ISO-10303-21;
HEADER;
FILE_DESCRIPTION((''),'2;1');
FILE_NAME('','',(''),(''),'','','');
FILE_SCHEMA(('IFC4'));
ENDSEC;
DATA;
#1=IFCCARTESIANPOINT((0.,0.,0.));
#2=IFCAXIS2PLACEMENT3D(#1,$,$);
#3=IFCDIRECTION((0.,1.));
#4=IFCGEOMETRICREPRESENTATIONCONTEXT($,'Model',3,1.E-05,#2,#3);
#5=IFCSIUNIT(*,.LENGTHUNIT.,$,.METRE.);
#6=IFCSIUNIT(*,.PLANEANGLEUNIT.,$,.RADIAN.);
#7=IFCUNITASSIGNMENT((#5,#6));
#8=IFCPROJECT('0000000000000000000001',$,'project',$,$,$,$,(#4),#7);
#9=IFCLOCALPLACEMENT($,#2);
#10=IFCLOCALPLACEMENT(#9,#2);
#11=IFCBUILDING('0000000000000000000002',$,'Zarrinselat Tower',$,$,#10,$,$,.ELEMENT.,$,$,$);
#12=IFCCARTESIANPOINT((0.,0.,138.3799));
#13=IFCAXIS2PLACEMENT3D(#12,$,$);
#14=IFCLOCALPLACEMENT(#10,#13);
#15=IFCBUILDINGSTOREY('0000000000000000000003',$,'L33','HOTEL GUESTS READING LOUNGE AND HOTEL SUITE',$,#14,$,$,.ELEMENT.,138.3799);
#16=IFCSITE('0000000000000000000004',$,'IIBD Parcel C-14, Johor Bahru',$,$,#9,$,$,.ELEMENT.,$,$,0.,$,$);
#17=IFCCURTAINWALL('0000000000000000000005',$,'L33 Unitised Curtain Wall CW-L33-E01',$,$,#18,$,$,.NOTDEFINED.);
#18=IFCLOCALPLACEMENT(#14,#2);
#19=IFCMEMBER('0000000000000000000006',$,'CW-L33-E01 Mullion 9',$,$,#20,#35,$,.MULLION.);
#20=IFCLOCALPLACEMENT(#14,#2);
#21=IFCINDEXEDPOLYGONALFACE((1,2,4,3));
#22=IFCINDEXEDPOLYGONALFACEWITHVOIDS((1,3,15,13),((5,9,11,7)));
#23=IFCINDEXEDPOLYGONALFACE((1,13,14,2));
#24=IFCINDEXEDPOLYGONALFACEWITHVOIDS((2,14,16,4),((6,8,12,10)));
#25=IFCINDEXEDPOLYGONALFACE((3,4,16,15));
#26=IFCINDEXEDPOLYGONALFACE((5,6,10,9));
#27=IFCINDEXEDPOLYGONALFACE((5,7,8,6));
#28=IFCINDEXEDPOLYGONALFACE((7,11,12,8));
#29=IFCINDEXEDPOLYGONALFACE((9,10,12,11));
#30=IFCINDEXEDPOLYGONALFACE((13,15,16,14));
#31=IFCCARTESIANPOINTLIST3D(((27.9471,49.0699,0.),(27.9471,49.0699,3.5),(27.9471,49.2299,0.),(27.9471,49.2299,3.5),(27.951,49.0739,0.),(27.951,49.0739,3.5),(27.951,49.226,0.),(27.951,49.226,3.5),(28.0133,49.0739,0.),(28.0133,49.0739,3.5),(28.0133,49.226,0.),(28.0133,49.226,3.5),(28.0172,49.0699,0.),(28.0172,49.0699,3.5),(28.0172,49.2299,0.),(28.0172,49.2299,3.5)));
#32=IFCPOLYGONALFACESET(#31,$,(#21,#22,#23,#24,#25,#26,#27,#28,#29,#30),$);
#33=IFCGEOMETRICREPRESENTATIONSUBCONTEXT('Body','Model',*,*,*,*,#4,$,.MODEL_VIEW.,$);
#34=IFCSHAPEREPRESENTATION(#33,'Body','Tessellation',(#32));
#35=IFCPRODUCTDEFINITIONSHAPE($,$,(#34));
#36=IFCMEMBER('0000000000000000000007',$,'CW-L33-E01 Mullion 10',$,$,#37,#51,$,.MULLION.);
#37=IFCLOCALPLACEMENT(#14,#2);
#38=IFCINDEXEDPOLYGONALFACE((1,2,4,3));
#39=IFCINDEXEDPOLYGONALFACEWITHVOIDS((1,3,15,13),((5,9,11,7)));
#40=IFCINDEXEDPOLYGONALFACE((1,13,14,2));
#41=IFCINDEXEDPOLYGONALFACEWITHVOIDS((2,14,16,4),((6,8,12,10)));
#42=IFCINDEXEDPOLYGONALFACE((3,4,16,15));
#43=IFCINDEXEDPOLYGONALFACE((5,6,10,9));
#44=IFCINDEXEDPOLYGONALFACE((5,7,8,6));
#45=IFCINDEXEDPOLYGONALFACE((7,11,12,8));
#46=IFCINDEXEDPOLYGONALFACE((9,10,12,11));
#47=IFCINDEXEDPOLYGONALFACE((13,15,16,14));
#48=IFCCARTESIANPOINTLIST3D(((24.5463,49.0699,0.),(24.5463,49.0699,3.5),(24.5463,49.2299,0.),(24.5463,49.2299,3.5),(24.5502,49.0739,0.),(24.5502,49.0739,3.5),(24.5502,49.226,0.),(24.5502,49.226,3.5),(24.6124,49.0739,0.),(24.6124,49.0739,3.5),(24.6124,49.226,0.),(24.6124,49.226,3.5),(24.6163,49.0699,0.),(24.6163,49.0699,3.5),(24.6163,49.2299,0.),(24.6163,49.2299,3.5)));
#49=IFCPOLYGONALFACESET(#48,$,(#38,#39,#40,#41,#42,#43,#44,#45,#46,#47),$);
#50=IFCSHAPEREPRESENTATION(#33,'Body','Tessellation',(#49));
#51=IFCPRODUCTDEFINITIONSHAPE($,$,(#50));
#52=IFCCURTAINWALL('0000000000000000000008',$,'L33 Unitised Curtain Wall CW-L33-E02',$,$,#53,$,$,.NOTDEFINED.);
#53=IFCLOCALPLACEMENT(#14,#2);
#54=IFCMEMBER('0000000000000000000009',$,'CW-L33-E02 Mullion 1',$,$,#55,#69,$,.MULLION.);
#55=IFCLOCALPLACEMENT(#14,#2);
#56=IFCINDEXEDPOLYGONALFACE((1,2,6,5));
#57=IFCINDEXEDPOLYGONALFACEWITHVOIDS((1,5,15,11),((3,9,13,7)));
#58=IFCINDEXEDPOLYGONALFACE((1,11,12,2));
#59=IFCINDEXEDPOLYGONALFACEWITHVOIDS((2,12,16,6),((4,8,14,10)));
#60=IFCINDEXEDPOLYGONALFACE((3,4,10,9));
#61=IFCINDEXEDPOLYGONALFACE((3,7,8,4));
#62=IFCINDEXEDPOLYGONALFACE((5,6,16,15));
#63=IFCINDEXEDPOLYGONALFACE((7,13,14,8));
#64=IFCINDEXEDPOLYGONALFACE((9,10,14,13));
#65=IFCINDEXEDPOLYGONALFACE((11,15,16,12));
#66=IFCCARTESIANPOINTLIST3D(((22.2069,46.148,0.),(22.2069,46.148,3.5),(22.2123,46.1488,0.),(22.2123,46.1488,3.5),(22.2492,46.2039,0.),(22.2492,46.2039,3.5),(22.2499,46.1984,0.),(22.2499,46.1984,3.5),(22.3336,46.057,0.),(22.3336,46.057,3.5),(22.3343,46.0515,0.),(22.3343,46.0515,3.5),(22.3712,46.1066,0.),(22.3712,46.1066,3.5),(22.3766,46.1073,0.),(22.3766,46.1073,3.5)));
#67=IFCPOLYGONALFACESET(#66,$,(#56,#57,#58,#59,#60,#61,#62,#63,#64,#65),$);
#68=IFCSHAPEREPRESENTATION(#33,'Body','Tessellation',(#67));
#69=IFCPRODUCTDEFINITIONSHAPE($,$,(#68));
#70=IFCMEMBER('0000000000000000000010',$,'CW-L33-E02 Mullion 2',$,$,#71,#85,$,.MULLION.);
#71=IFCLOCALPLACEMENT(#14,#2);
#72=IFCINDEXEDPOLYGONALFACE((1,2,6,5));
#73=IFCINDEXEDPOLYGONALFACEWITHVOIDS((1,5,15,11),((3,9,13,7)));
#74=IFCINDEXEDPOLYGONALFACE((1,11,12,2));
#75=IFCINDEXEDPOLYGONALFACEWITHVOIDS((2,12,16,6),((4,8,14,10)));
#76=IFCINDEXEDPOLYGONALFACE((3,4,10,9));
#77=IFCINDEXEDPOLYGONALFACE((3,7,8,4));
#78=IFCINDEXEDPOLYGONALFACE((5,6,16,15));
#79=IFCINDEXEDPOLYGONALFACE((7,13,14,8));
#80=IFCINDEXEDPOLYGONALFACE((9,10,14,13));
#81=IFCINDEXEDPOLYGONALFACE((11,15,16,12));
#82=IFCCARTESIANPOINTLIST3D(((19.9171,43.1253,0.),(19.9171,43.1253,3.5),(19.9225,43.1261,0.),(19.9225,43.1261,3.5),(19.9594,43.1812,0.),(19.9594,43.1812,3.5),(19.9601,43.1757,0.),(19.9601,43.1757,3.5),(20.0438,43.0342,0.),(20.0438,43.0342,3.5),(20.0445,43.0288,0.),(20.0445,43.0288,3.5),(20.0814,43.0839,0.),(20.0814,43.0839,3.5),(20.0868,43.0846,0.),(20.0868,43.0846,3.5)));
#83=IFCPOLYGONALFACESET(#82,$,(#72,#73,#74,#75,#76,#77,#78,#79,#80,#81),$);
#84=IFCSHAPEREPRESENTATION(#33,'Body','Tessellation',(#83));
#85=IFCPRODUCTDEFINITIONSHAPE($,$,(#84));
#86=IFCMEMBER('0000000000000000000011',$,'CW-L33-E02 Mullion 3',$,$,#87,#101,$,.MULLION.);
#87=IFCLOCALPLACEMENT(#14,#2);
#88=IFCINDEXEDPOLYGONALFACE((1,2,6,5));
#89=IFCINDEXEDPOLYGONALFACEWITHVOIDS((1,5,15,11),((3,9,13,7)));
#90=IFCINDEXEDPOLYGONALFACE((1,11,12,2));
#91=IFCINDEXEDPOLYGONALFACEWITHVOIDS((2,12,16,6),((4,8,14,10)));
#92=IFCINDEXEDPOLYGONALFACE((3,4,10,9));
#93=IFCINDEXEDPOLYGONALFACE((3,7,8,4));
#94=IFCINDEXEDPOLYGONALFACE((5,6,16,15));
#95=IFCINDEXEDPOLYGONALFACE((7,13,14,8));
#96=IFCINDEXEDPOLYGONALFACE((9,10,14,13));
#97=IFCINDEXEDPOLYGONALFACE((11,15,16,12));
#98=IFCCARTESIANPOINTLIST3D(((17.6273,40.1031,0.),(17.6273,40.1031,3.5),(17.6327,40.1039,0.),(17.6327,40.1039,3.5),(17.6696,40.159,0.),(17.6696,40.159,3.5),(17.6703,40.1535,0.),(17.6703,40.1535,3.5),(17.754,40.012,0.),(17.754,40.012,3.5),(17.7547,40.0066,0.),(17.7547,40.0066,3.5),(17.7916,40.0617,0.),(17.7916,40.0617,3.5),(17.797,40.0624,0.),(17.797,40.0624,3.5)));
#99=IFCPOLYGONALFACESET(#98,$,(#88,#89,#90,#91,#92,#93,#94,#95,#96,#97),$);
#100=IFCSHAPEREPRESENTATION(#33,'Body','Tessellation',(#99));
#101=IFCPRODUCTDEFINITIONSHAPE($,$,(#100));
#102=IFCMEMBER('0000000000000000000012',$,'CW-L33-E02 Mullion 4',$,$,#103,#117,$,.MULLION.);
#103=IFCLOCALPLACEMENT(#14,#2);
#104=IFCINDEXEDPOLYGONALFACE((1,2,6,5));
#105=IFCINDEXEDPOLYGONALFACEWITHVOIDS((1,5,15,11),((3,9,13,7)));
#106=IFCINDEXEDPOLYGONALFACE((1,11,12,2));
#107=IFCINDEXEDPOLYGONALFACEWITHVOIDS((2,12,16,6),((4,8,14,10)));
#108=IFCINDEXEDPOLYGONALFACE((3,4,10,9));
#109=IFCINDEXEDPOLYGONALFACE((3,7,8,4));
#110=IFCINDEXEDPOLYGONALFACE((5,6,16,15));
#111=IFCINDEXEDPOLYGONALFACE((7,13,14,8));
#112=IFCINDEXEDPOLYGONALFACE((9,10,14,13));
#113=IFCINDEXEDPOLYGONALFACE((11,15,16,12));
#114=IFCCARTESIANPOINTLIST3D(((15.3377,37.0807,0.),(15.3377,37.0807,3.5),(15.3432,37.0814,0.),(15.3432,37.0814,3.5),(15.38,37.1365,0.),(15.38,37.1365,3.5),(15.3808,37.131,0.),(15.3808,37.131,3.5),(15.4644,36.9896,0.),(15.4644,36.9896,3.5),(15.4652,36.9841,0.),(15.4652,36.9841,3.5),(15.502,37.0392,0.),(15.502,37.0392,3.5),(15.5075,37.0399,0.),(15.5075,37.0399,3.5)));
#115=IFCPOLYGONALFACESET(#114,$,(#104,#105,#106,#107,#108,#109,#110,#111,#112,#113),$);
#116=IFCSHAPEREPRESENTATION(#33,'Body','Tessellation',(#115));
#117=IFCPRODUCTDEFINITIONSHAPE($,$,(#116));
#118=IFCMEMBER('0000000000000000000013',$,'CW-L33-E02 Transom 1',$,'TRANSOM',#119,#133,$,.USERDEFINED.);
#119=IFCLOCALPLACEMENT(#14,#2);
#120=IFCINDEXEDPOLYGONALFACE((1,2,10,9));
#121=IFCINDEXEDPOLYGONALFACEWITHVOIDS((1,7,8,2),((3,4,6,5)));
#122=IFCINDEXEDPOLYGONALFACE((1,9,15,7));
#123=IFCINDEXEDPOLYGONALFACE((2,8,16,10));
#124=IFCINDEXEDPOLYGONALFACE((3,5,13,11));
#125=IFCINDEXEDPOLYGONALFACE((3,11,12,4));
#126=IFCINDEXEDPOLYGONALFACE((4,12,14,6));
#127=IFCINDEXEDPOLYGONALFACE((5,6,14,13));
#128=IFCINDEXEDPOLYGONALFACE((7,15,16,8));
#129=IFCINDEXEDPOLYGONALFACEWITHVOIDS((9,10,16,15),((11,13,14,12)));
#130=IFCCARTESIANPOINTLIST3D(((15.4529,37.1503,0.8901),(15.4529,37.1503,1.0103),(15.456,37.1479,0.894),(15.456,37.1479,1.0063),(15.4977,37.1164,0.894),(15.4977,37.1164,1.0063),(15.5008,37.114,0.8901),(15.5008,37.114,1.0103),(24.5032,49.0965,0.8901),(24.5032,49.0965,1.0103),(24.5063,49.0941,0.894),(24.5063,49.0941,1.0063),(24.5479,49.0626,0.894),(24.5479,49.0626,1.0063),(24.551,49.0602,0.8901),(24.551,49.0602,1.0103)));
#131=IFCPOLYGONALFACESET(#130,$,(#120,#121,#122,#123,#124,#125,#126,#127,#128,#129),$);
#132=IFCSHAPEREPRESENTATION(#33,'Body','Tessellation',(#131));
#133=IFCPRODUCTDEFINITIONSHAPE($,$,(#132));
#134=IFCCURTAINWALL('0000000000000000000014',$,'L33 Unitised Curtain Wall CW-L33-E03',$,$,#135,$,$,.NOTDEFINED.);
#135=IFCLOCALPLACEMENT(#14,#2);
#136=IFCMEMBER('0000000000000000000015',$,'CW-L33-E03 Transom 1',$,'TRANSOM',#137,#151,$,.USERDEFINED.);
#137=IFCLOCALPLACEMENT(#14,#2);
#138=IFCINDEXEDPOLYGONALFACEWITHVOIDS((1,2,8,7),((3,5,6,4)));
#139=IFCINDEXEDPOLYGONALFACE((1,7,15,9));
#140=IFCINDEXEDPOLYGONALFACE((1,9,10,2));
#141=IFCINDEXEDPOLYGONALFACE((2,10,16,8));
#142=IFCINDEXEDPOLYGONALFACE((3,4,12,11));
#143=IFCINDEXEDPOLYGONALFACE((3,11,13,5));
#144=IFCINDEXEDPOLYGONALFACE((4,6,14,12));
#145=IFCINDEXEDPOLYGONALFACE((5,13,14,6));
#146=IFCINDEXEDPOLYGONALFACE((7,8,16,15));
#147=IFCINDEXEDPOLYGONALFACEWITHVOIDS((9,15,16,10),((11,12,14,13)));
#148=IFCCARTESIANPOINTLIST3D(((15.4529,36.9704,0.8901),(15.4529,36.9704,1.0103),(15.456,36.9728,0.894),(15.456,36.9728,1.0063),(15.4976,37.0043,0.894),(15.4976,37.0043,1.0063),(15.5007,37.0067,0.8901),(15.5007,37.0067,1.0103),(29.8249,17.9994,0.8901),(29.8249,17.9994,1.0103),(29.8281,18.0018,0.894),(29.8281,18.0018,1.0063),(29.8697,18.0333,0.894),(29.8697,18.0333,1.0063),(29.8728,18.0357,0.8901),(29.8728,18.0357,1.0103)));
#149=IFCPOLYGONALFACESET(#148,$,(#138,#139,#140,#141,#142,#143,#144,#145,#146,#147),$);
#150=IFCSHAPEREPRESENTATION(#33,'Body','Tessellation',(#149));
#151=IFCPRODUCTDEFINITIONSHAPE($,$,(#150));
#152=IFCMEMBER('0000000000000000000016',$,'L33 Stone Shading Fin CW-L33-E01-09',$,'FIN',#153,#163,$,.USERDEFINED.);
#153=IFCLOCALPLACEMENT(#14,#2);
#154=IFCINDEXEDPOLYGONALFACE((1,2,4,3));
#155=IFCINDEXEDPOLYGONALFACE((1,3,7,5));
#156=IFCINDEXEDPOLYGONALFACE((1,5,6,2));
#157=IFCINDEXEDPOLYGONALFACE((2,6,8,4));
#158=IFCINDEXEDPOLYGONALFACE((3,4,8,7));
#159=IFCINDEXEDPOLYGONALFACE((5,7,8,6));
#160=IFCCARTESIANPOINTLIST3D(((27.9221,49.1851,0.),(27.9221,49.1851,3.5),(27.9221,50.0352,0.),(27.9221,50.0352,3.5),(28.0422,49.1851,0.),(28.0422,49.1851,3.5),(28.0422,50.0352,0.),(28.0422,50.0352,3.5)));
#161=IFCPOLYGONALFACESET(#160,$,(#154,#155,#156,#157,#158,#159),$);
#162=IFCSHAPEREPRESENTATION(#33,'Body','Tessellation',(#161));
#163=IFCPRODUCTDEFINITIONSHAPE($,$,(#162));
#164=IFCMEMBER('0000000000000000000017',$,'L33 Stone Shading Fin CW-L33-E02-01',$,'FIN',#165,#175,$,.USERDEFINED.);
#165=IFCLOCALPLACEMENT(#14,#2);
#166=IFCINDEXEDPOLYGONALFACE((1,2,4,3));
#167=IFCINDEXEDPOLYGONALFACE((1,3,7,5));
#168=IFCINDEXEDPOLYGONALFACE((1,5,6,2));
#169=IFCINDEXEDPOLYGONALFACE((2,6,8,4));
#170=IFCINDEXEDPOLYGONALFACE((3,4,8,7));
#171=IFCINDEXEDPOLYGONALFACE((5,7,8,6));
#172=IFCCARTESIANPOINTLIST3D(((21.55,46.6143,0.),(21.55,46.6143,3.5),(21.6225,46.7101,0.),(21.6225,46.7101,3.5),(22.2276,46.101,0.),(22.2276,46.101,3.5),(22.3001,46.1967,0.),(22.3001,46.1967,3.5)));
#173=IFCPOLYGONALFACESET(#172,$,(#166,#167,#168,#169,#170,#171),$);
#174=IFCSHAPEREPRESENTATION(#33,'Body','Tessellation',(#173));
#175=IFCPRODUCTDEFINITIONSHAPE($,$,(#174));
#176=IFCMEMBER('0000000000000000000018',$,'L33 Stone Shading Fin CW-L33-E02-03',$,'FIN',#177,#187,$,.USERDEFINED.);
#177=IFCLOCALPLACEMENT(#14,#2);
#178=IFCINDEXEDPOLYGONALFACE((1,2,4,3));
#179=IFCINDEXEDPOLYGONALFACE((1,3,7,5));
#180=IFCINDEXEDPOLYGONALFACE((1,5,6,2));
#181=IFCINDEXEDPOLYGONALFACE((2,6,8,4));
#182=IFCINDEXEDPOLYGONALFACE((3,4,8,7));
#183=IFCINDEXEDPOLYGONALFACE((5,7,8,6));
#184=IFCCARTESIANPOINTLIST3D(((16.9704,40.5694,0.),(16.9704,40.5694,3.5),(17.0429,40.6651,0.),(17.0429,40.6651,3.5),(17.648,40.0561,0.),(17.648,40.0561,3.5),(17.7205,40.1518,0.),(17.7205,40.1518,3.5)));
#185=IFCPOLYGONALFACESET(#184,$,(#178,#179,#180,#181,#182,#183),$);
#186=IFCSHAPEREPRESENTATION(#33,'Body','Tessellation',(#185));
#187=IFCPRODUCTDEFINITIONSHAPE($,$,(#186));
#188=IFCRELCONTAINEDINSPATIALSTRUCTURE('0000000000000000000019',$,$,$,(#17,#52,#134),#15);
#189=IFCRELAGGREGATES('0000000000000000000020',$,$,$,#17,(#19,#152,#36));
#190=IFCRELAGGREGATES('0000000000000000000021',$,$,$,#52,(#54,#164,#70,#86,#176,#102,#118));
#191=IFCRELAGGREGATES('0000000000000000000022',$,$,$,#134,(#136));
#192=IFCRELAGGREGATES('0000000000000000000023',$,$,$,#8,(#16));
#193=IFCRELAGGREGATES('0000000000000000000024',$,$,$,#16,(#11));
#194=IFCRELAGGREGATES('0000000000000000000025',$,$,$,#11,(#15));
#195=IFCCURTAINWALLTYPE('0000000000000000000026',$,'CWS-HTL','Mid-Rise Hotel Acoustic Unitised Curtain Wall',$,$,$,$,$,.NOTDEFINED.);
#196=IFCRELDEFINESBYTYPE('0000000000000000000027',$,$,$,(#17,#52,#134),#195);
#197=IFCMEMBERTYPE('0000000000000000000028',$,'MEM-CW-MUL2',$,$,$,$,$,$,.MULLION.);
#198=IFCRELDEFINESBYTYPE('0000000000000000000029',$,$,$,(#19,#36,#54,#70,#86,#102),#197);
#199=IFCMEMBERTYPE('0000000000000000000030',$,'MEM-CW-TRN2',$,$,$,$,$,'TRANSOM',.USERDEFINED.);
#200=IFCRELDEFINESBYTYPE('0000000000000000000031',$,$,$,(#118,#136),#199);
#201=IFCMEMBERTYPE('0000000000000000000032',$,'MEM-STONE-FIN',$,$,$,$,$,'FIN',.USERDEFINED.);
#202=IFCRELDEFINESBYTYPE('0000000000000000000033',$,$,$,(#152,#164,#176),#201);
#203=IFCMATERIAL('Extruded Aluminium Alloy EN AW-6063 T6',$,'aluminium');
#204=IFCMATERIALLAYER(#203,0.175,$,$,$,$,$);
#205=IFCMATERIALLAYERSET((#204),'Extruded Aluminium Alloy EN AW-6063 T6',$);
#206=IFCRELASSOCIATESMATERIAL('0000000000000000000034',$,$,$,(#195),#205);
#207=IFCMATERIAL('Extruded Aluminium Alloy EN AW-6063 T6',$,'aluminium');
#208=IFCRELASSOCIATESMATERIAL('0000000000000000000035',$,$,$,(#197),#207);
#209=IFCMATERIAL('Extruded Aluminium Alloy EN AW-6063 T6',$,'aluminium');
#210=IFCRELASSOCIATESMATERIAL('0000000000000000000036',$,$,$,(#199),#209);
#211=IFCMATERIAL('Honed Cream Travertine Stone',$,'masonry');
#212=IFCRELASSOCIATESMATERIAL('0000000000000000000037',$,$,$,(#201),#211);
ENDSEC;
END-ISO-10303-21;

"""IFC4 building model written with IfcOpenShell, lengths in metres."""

from ifc_helpers import new_model, si_unit, direction, frame, origin, origin_2d, place, context, subcontext, project, spatial, rectangle, hollow_rectangle, extrude, material, layer, layer_set, material_profile, profile_set, type_object, element, aggregate, save


model = new_model("IFC4")

# Units and contexts
model_context = context("Model", 3, precision=1e-05, world=origin(), true_north=direction((0.0, 1.0)))
body_context = subcontext(model_context, "Body", "Model", "MODEL_VIEW")
ifc_project = project(units=[si_unit("LENGTHUNIT", "METRE"), si_unit("PLANEANGLEUNIT", "RADIAN")], contexts=[model_context])

# Site, building, storey
site_placement = place(None, origin())
site = spatial("IfcSite", under=ifc_project, at=site_placement, Name="IIBD Parcel C-14, Johor Bahru", CompositionType="ELEMENT", RefElevation=0.0)
building_placement = place(site_placement, origin())
building = spatial("IfcBuilding", under=site, at=building_placement, Name="Zarrinselat Tower", CompositionType="ELEMENT")
storey_placement = place(building_placement, frame((0.0, 0.0, 138.3799)))
storey = spatial("IfcBuildingStorey", under=building, at=storey_placement, Name="L33", Description="HOTEL GUESTS READING LOUNGE AND HOTEL SUITE", CompositionType="ELEMENT", Elevation=138.3799)

# Curtain walls, members
ifc_material_1 = material(Name="Extruded Aluminium Alloy EN AW-6063 T6", Category="aluminium")
ifc_layer_1 = layer(ifc_material_1, 0.175)
ifc_layer_set_1 = layer_set([ifc_layer_1], Name="Extruded Aluminium Alloy EN AW-6063 T6")
curtain_wall_type = type_object("IfcCurtainWallType", Name="CWS-HTL", Description="Mid-Rise Hotel Acoustic Unitised Curtain Wall", PredefinedType="NOTDEFINED", material=ifc_layer_set_1)
curtain_wall_1_placement = place(storey_placement, origin())
curtain_wall_1 = element("IfcCurtainWall", 1, at=curtain_wall_1_placement, inside=storey, type_object=curtain_wall_type, Name="L33 Unitised Curtain Wall CW-L33-E01", PredefinedType="NOTDEFINED")
ifc_material_2 = material(Name="Extruded Aluminium Alloy EN AW-6063 T6", Category="aluminium")
ifc_material_profile_1 = material_profile(ifc_material_2, hollow_rectangle(XDim=0.0701, YDim=0.1599, WallThickness=0.0039, at=origin_2d()), Name="RHS 160x70x4")
ifc_profile_set_1 = profile_set([ifc_material_profile_1], Name="Extruded Aluminium Alloy EN AW-6063 T6")
member_type_1 = type_object("IfcMemberType", Name="MEM-CW-MUL2", PredefinedType="MULLION", material=ifc_profile_set_1)
member_1_placement = place(storey_placement, frame((27.9822, 49.1499, 0.0), z_axis=(0.0, 0.0, 1.0), x_axis=(-1.0, 0.0, 0.0)))
member_1 = element("IfcMember", 2, at=member_1_placement, type_object=member_type_1, Name="CW-L33-E01 Mullion 9", PredefinedType="MULLION", context=body_context, shape_type="SweptSolid", body=[
    extrude(hollow_rectangle(XDim=0.0701, YDim=0.1599, WallThickness=0.0039, at=origin_2d()), origin(), (0.0, 0.0, 1.0), 3.5),
])
member_2_placement = place(storey_placement, frame((24.5813, 49.1499, 0.0), z_axis=(0.0, 0.0, 1.0), x_axis=(-1.0, 0.0, 0.0)))
member_2 = element("IfcMember", 3, at=member_2_placement, type_object=member_type_1, Name="CW-L33-E01 Mullion 10", PredefinedType="MULLION", context=body_context, shape_type="SweptSolid", body=[
    extrude(hollow_rectangle(XDim=0.0701, YDim=0.1599, WallThickness=0.0039, at=origin_2d()), origin(), (0.0, 0.0, 1.0), 3.5),
])
curtain_wall_2_placement = place(storey_placement, origin())
curtain_wall_2 = element("IfcCurtainWall", 4, at=curtain_wall_2_placement, inside=storey, type_object=curtain_wall_type, Name="L33 Unitised Curtain Wall CW-L33-E02", PredefinedType="NOTDEFINED")
member_3_placement = place(storey_placement, frame((22.2917, 46.1277, 0.0), z_axis=(0.0, 0.0, 1.0), x_axis=(-0.603859, -0.797091, 0.0)))
member_3 = element("IfcMember", 5, at=member_3_placement, type_object=member_type_1, Name="CW-L33-E02 Mullion 1", PredefinedType="MULLION", context=body_context, shape_type="SweptSolid", body=[
    extrude(hollow_rectangle(XDim=0.0701, YDim=0.1599, WallThickness=0.0039, at=origin_2d()), origin(), (0.0, 0.0, 1.0), 3.5),
])
member_4_placement = place(storey_placement, frame((20.002, 43.105, 0.0), z_axis=(0.0, 0.0, 1.0), x_axis=(-0.603859, -0.797091, 0.0)))
member_4 = element("IfcMember", 6, at=member_4_placement, type_object=member_type_1, Name="CW-L33-E02 Mullion 2", PredefinedType="MULLION", context=body_context, shape_type="SweptSolid", body=[
    extrude(hollow_rectangle(XDim=0.0701, YDim=0.1599, WallThickness=0.0039, at=origin_2d()), origin(), (0.0, 0.0, 1.0), 3.5),
])
member_5_placement = place(storey_placement, frame((17.7122, 40.0828, 0.0), z_axis=(0.0, 0.0, 1.0), x_axis=(-0.603859, -0.797091, 0.0)))
member_5 = element("IfcMember", 7, at=member_5_placement, type_object=member_type_1, Name="CW-L33-E02 Mullion 3", PredefinedType="MULLION", context=body_context, shape_type="SweptSolid", body=[
    extrude(hollow_rectangle(XDim=0.0701, YDim=0.1599, WallThickness=0.0039, at=origin_2d()), origin(), (0.0, 0.0, 1.0), 3.5),
])
member_6_placement = place(storey_placement, frame((15.4226, 37.0603, 0.0), z_axis=(0.0, 0.0, 1.0), x_axis=(-0.603859, -0.797091, 0.0)))
member_6 = element("IfcMember", 8, at=member_6_placement, type_object=member_type_1, Name="CW-L33-E02 Mullion 4", PredefinedType="MULLION", context=body_context, shape_type="SweptSolid", body=[
    extrude(hollow_rectangle(XDim=0.0701, YDim=0.1599, WallThickness=0.0039, at=origin_2d()), origin(), (0.0, 0.0, 1.0), 3.5),
])
ifc_material_3 = material(Name="Extruded Aluminium Alloy EN AW-6063 T6", Category="aluminium")
ifc_material_profile_2 = material_profile(ifc_material_3, hollow_rectangle(XDim=0.0601, YDim=0.1201, WallThickness=0.0039, at=origin_2d()), Name="RHS 120x60x4")
ifc_profile_set_2 = profile_set([ifc_material_profile_2], Name="Extruded Aluminium Alloy EN AW-6063 T6")
member_type_2 = type_object("IfcMemberType", Name="MEM-CW-TRN2", ElementType="TRANSOM", PredefinedType="USERDEFINED", material=ifc_profile_set_2)
member_7_placement = place(storey_placement, frame((24.5271, 49.0784, 0.9502), z_axis=(-0.603861, -0.79709, 0.0), x_axis=(0.79709, -0.603861, 0.0)))
member_7 = element("IfcMember", 9, at=member_7_placement, type_object=member_type_2, Name="CW-L33-E02 Transom 1", ObjectType="TRANSOM", PredefinedType="USERDEFINED", context=body_context, shape_type="SweptSolid", body=[
    extrude(hollow_rectangle(XDim=0.0601, YDim=0.1201, WallThickness=0.0039, at=origin_2d()), origin(), (0.0, 0.0, 1.0), 14.9873),
])

# Curtain wall, member
curtain_wall_3_placement = place(storey_placement, origin())
curtain_wall_3 = element("IfcCurtainWall", 10, at=curtain_wall_3_placement, inside=storey, type_object=curtain_wall_type, Name="L33 Unitised Curtain Wall CW-L33-E03", PredefinedType="NOTDEFINED")
member_8_placement = place(storey_placement, frame((15.4768, 36.9885, 0.9502), z_axis=(0.603861, -0.797089, 0.0), x_axis=(0.797089, 0.603861, 0.0)))
member_8 = element("IfcMember", 11, at=member_8_placement, type_object=member_type_2, Name="CW-L33-E03 Transom 1", ObjectType="TRANSOM", PredefinedType="USERDEFINED", context=body_context, shape_type="SweptSolid", body=[
    extrude(hollow_rectangle(XDim=0.0601, YDim=0.1201, WallThickness=0.0039, at=origin_2d()), origin(), (0.0, 0.0, 1.0), 23.8003),
])

# Members
ifc_material_4 = material(Name="Honed Cream Travertine Stone", Category="masonry")
ifc_material_profile_3 = material_profile(ifc_material_4, rectangle(XDim=0.1201, YDim=0.8501, at=origin_2d()), Name="FIN 850x120")
ifc_profile_set_3 = profile_set([ifc_material_profile_3], Name="Honed Cream Travertine Stone")
member_type_3 = type_object("IfcMemberType", Name="MEM-STONE-FIN", ElementType="FIN", PredefinedType="USERDEFINED", material=ifc_profile_set_3)
member_9_placement = place(storey_placement, frame((27.9822, 49.6101, 0.0), z_axis=(0.0, 0.0, 1.0), x_axis=(1.0, 0.0, 0.0)))
member_9 = element("IfcMember", 12, at=member_9_placement, type_object=member_type_3, Name="L33 Stone Shading Fin CW-L33-E01-09", ObjectType="FIN", PredefinedType="USERDEFINED", context=body_context, shape_type="SweptSolid", body=[
    extrude(rectangle(XDim=0.1201, YDim=0.8501, at=origin_2d()), origin(), (0.0, 0.0, 1.0), 3.5),
])
member_10_placement = place(storey_placement, frame((21.925, 46.4055, 0.0), z_axis=(0.0, 0.0, 1.0), x_axis=(0.603859, 0.797091, 0.0)))
member_10 = element("IfcMember", 13, at=member_10_placement, type_object=member_type_3, Name="L33 Stone Shading Fin CW-L33-E02-01", ObjectType="FIN", PredefinedType="USERDEFINED", context=body_context, shape_type="SweptSolid", body=[
    extrude(rectangle(XDim=0.1201, YDim=0.8501, at=origin_2d()), origin(), (0.0, 0.0, 1.0), 3.5),
])
member_11_placement = place(storey_placement, frame((17.3455, 40.3606, 0.0), z_axis=(0.0, 0.0, 1.0), x_axis=(0.603859, 0.797091, 0.0)))
member_11 = element("IfcMember", 14, at=member_11_placement, type_object=member_type_3, Name="L33 Stone Shading Fin CW-L33-E02-03", ObjectType="FIN", PredefinedType="USERDEFINED", context=body_context, shape_type="SweptSolid", body=[
    extrude(rectangle(XDim=0.1201, YDim=0.8501, at=origin_2d()), origin(), (0.0, 0.0, 1.0), 3.5),
])

aggregate(curtain_wall_1, [member_1, member_9, member_2])
aggregate(curtain_wall_2, [member_3, member_10, member_4, member_5, member_11, member_6, member_7])
aggregate(curtain_wall_3, [member_8])

save(model, "model.ifc")
